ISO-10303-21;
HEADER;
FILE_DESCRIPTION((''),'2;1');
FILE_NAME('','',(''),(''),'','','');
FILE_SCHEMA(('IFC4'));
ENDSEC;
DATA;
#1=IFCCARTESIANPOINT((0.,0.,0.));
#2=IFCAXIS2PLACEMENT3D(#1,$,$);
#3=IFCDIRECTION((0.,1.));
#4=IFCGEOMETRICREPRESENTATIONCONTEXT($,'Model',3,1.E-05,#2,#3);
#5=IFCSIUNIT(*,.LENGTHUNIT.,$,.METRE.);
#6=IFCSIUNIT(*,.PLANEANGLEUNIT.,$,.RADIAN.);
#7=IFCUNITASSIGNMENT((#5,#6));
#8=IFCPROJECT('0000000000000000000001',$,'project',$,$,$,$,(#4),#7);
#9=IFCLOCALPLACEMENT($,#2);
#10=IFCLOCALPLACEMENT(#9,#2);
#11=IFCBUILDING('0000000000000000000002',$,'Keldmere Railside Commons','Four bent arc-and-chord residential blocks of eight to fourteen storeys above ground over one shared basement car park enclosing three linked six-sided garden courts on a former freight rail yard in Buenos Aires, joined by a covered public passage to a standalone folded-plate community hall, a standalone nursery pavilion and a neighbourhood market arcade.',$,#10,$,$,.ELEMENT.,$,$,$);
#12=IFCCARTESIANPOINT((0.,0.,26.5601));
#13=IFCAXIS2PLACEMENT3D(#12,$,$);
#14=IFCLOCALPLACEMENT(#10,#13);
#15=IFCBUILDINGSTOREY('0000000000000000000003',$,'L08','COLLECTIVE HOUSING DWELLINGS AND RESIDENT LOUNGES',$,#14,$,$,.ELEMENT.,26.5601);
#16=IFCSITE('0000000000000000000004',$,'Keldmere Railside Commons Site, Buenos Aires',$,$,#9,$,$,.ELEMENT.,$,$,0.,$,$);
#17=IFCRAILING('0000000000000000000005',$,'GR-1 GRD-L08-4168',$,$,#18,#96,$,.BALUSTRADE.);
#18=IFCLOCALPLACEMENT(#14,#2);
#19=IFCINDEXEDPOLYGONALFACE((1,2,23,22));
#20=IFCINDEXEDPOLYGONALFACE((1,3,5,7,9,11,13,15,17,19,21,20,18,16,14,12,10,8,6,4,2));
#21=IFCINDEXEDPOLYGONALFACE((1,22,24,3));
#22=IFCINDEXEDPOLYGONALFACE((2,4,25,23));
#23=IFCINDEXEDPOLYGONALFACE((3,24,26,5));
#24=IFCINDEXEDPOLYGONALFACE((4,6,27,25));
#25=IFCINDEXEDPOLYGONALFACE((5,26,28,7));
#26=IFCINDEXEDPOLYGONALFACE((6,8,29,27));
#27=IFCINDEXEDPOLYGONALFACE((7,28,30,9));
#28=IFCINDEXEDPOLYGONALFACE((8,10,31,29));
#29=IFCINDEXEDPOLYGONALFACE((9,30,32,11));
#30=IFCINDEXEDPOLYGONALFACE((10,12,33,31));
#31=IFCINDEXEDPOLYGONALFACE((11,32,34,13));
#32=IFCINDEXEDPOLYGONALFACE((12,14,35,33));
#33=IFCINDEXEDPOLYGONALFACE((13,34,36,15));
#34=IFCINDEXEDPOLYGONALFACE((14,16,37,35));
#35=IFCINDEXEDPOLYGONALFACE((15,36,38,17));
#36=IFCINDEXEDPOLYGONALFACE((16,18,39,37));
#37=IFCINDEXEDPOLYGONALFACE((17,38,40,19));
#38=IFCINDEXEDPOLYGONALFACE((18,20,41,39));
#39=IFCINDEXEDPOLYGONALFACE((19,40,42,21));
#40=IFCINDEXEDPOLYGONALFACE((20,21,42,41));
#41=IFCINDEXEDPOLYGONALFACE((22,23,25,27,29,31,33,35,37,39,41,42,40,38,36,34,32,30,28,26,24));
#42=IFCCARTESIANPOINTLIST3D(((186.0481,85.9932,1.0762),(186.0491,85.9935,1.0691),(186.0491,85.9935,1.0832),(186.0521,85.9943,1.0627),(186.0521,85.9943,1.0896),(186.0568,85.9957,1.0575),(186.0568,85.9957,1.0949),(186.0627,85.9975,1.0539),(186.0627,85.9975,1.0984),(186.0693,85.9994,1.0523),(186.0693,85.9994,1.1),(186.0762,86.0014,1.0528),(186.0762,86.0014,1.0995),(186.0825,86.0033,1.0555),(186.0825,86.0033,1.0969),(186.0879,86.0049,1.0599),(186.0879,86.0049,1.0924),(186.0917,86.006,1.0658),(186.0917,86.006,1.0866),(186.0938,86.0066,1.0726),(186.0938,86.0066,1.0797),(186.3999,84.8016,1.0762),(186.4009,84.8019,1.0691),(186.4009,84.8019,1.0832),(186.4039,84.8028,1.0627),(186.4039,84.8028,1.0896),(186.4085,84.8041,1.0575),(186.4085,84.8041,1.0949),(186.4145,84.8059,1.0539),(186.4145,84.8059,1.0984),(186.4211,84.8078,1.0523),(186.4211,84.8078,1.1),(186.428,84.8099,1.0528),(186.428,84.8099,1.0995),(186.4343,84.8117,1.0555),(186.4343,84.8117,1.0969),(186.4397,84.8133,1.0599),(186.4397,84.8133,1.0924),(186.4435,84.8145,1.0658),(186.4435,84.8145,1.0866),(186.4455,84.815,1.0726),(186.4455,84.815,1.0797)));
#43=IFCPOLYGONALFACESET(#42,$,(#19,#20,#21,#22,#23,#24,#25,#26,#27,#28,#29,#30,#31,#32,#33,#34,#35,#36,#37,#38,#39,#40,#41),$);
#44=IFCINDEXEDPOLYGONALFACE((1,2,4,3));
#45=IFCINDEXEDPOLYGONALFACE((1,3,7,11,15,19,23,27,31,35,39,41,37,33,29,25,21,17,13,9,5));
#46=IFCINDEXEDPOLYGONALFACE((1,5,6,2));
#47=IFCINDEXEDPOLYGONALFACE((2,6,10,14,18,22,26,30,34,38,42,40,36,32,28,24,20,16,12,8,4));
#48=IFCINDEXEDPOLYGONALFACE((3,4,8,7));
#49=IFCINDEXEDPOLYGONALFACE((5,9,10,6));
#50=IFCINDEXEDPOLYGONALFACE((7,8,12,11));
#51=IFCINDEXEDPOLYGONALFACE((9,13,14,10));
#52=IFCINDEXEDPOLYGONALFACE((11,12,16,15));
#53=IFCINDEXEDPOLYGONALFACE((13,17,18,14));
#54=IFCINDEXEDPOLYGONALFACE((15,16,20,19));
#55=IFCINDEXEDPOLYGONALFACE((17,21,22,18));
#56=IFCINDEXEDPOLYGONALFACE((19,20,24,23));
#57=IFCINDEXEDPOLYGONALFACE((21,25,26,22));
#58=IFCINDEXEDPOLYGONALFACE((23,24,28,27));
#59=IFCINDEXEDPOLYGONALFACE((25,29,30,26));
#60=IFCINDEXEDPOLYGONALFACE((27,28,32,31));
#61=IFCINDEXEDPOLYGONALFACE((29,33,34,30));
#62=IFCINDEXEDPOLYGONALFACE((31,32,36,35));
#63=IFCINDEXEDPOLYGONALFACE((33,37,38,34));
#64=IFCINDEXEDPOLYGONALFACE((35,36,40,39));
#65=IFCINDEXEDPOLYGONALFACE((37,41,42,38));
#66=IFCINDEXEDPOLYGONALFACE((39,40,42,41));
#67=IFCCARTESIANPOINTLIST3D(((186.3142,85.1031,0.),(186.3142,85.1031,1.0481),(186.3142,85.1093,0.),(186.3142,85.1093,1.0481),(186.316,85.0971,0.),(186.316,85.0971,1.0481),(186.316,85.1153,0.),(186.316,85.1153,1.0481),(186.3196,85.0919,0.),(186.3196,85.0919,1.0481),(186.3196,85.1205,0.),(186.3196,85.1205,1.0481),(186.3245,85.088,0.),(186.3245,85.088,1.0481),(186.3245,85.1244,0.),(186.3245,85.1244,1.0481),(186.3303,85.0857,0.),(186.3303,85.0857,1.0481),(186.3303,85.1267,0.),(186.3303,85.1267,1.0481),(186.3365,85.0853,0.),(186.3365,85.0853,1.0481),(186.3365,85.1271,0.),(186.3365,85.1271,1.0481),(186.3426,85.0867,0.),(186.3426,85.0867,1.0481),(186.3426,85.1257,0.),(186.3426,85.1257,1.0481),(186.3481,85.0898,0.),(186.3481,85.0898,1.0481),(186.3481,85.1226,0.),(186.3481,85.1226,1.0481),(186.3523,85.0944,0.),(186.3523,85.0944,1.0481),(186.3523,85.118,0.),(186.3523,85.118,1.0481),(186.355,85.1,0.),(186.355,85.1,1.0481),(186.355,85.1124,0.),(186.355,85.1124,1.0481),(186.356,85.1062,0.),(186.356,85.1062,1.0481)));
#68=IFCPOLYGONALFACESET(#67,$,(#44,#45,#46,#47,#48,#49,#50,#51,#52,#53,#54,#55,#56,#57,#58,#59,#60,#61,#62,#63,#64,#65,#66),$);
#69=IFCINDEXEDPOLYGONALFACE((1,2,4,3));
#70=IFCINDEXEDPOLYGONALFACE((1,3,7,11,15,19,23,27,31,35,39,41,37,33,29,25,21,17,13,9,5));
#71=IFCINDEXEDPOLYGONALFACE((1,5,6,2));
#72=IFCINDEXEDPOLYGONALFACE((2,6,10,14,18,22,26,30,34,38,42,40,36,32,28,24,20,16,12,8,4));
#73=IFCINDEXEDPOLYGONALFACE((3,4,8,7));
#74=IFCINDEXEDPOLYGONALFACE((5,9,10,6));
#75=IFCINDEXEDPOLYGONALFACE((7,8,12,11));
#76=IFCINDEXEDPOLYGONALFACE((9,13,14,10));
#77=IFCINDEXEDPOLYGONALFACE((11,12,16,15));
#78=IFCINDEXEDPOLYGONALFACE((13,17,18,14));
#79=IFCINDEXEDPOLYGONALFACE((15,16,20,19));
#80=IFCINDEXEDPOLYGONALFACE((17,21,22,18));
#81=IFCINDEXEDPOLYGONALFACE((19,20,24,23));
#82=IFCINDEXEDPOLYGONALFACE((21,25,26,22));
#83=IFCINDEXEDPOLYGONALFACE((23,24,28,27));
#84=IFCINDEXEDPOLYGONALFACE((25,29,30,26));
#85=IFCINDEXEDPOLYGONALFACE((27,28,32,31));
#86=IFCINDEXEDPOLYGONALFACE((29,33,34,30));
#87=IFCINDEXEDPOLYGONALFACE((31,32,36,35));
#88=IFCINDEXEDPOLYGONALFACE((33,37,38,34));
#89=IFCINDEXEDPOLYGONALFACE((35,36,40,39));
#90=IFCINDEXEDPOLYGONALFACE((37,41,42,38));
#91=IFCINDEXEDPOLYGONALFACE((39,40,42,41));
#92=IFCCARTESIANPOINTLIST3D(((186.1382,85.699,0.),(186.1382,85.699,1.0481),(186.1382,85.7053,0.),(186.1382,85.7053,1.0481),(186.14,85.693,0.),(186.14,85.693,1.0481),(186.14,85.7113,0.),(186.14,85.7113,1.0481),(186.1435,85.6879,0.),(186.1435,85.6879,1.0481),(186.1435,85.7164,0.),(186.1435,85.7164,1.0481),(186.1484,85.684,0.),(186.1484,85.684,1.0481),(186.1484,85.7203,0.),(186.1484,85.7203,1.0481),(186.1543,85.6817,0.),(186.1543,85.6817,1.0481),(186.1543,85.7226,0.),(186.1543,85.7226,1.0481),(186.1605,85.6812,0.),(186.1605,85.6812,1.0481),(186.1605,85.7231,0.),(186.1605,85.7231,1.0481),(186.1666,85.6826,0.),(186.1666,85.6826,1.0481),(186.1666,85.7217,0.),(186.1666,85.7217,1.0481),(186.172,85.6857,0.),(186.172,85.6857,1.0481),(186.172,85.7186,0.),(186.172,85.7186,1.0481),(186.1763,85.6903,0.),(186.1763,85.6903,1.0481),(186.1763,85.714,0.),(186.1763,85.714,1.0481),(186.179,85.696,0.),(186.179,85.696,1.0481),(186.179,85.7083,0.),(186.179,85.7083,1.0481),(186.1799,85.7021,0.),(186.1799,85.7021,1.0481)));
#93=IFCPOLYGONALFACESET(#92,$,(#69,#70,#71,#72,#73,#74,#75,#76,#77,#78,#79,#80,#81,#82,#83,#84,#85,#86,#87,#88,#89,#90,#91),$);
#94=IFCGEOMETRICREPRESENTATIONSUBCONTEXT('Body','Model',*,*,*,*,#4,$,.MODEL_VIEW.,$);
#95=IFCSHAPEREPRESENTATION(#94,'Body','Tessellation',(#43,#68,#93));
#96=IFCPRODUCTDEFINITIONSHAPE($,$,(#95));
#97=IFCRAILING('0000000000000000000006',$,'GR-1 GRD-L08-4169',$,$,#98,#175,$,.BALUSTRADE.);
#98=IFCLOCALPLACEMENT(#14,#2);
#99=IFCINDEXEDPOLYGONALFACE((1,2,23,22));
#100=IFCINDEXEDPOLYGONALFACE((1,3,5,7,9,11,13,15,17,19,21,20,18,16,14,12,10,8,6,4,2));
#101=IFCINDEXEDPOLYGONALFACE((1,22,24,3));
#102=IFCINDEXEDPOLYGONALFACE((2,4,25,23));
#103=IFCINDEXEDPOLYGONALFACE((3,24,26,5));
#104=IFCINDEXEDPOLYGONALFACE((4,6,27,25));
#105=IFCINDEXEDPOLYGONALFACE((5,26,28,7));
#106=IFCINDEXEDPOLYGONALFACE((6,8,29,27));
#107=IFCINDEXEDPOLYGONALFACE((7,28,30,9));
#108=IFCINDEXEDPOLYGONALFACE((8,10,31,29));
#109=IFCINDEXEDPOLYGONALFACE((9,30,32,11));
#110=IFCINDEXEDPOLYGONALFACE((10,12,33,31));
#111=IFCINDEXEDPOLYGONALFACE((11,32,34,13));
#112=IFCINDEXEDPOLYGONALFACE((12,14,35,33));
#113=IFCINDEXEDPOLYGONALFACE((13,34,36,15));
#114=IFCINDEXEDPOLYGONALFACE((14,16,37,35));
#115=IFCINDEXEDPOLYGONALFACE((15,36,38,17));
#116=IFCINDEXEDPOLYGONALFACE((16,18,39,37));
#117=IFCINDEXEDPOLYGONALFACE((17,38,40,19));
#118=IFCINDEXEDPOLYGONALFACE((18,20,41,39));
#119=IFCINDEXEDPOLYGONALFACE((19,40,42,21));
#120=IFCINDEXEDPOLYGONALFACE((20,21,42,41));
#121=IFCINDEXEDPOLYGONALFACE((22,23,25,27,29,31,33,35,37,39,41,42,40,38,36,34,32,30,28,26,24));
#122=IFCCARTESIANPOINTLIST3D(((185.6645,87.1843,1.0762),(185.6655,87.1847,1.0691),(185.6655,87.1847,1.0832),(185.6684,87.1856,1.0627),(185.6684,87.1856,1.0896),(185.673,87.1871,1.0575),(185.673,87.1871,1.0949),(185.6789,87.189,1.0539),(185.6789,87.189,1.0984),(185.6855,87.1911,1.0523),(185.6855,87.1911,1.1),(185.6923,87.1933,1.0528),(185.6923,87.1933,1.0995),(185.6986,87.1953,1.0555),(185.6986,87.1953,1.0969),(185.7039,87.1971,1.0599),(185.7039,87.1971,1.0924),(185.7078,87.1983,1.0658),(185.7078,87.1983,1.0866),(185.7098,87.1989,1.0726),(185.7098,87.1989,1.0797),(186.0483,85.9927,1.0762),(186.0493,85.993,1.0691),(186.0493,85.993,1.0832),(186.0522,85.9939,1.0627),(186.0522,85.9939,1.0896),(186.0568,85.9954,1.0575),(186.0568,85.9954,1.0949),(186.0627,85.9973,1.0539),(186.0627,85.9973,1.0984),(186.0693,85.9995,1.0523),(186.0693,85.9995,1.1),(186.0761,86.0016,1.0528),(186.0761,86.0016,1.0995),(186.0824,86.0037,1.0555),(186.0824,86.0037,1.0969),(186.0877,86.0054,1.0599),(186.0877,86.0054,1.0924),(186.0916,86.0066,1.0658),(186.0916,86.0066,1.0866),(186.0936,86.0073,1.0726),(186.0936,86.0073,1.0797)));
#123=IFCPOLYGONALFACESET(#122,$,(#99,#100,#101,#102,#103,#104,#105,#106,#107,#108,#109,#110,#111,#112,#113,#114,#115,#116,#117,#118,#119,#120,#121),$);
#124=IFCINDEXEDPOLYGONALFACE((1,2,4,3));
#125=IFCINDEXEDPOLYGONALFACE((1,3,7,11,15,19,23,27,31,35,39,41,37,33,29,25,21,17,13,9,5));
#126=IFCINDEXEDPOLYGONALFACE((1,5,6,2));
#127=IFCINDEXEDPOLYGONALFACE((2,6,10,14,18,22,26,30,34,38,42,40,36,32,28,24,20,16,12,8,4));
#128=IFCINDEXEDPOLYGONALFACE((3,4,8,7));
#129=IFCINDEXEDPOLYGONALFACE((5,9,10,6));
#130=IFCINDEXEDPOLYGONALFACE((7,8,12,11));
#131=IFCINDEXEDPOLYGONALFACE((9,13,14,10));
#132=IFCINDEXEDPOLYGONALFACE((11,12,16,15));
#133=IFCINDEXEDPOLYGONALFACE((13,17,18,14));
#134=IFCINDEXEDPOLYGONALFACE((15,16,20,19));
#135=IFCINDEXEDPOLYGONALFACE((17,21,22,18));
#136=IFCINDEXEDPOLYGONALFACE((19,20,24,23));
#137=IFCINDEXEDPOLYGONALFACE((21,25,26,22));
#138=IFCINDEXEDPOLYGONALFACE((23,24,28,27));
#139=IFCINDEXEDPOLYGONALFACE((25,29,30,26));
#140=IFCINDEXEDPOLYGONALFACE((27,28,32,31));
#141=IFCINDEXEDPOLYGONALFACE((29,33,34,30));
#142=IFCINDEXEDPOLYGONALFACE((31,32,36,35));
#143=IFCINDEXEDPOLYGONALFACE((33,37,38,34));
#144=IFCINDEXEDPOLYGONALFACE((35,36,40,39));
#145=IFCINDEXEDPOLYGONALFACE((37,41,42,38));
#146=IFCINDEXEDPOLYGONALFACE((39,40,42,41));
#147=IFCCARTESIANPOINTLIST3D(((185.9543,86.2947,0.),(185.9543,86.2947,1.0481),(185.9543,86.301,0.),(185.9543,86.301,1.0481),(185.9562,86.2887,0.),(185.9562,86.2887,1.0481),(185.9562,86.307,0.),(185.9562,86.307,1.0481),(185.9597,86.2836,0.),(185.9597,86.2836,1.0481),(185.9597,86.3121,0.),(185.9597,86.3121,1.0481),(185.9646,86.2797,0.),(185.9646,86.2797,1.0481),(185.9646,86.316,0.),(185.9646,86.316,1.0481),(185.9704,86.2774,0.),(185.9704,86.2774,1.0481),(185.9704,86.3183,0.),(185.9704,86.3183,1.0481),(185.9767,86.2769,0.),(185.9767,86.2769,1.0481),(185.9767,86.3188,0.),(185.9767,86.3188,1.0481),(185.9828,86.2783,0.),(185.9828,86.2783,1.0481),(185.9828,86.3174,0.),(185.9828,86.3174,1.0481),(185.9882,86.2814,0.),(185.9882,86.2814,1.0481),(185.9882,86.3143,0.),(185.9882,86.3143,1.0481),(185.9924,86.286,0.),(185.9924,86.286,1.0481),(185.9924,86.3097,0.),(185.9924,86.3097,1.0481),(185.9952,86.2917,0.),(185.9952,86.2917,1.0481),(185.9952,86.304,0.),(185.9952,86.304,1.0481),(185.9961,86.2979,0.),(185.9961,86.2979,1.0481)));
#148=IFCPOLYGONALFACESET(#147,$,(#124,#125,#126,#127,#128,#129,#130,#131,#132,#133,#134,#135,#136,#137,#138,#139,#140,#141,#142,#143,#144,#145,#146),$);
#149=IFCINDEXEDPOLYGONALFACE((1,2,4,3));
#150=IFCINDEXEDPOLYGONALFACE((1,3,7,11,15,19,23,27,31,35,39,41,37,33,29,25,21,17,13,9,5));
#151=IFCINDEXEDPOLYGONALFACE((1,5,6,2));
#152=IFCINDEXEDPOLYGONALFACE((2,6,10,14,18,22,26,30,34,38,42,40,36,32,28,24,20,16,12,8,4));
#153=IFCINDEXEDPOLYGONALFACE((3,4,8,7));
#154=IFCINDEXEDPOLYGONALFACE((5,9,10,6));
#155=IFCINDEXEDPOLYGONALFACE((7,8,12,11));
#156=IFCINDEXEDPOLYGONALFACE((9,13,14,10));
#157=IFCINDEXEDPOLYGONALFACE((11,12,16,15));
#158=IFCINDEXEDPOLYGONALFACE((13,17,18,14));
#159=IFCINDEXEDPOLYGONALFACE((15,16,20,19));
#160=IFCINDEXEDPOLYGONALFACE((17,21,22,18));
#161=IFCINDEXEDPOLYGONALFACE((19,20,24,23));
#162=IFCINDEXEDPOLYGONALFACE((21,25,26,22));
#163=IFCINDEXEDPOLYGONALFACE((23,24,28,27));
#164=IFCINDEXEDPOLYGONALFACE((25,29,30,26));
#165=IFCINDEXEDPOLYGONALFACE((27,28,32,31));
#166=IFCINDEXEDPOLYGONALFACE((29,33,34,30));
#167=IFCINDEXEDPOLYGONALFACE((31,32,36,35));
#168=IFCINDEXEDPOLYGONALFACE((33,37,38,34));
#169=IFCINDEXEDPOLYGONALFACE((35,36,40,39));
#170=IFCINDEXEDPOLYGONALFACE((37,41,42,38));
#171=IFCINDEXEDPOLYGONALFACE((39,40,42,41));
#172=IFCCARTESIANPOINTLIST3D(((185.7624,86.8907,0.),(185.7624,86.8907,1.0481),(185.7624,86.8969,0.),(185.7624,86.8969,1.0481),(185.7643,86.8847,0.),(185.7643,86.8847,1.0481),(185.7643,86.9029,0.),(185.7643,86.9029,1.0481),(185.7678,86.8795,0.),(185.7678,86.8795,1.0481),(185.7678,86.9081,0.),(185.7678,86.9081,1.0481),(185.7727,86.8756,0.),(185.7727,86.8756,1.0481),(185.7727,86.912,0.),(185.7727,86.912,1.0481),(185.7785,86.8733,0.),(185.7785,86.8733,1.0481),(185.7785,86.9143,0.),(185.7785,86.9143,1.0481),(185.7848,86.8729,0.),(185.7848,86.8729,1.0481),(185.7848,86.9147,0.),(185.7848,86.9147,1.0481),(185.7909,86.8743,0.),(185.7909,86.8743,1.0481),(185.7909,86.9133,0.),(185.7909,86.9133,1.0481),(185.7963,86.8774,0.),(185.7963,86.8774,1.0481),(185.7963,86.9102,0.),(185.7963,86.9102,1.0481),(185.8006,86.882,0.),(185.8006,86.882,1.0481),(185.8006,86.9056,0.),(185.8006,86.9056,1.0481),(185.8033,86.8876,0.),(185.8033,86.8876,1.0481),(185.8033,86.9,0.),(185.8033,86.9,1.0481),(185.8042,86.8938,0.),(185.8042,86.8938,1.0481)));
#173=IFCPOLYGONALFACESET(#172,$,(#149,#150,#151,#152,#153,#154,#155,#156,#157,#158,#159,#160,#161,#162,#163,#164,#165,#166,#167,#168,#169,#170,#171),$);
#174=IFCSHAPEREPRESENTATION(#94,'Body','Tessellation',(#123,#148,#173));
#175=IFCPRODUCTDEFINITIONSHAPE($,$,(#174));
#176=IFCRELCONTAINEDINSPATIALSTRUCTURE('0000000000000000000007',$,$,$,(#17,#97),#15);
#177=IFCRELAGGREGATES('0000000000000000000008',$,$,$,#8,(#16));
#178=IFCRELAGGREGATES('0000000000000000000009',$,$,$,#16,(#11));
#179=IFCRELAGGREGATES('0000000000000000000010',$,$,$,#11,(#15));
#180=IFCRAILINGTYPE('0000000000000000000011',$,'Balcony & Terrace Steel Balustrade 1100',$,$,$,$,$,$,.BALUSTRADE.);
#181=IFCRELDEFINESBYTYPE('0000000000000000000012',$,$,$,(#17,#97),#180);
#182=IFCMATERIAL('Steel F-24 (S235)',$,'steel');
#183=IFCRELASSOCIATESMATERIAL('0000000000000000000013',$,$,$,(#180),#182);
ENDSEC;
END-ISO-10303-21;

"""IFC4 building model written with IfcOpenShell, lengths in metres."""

from ifc_helpers import new_model, si_unit, direction, frame, origin, origin_2d, place, context, subcontext, project, spatial, circle, extrude, material, type_object, element, save


model = new_model("IFC4")

# Units and contexts
model_context = context("Model", 3, precision=1e-05, world=origin(), true_north=direction((0.0, 1.0)))
body_context = subcontext(model_context, "Body", "Model", "MODEL_VIEW")
ifc_project = project(units=[si_unit("LENGTHUNIT", "METRE"), si_unit("PLANEANGLEUNIT", "RADIAN")], contexts=[model_context])

# Site, building, storey
site_placement = place(None, origin())
site = spatial("IfcSite", under=ifc_project, at=site_placement, Name="Keldmere Railside Commons Site, Buenos Aires", CompositionType="ELEMENT", RefElevation=0.0)
building_placement = place(site_placement, origin())
building = spatial("IfcBuilding", under=site, at=building_placement, Name="Keldmere Railside Commons", Description="Four bent arc-and-chord residential blocks of eight to fourteen storeys above ground over one shared basement car park enclosing three linked six-sided garden courts on a former freight rail yard in Buenos Aires, joined by a covered public passage to a standalone folded-plate community hall, a standalone nursery pavilion and a neighbourhood market arcade.", CompositionType="ELEMENT")
storey_placement = place(building_placement, frame((0.0, 0.0, 26.5601)))
storey = spatial("IfcBuildingStorey", under=building, at=storey_placement, Name="L08", Description="COLLECTIVE HOUSING DWELLINGS AND RESIDENT LOUNGES", CompositionType="ELEMENT", Elevation=26.5601)

# Railings
ifc_material_1 = material(Name="Steel F-24 (S235)", Category="steel")
railing_type = type_object("IfcRailingType", Name="Balcony & Terrace Steel Balustrade 1100", PredefinedType="BALUSTRADE", material=ifc_material_1)
railing_1_placement = place(storey_placement, frame((186.4229, 84.8083, 0.0)))
element("IfcRailing", 1, at=railing_1_placement, inside=storey, type_object=railing_type, Name="GR-1 GRD-L08-4168", PredefinedType="BALUSTRADE", context=body_context, shape_type="SweptSolid", body=[
    extrude(circle(Radius=0.0239, at=origin_2d()), frame((0.0, 0.0, 1.0762), z_axis=(-0.283145, 0.959077, 0.0), x_axis=(-0.959077, -0.283145, 0.0)), (0.0, 0.0, 1.0), 1.2424),
    extrude(circle(Radius=0.021, at=origin_2d()), frame((-0.0879, 0.2979, 0.0)), (0.0, 0.0, 1.0), 1.0481),
    extrude(circle(Radius=0.021, at=origin_2d()), frame((-0.2639, 0.8938, 0.0)), (0.0, 0.0, 1.0), 1.0481),
])
railing_2_placement = place(storey_placement, frame((186.071, 86.0, 0.0)))
element("IfcRailing", 2, at=railing_2_placement, inside=storey, type_object=railing_type, Name="GR-1 GRD-L08-4169", PredefinedType="BALUSTRADE", context=body_context, shape_type="SweptSolid", body=[
    extrude(circle(Radius=0.0239, at=origin_2d()), frame((0.0, 0.0, 1.0762), z_axis=(-0.306558, 0.951852, 0.0), x_axis=(-0.951852, -0.306558, 0.0)), (0.0, 0.0, 1.0), 1.252),
    extrude(circle(Radius=0.021, at=origin_2d()), frame((-0.0959, 0.2979, 0.0)), (0.0, 0.0, 1.0), 1.0481),
    extrude(circle(Radius=0.021, at=origin_2d()), frame((-0.2878, 0.8938, 0.0)), (0.0, 0.0, 1.0), 1.0481),
])

save(model, "model.ifc")
